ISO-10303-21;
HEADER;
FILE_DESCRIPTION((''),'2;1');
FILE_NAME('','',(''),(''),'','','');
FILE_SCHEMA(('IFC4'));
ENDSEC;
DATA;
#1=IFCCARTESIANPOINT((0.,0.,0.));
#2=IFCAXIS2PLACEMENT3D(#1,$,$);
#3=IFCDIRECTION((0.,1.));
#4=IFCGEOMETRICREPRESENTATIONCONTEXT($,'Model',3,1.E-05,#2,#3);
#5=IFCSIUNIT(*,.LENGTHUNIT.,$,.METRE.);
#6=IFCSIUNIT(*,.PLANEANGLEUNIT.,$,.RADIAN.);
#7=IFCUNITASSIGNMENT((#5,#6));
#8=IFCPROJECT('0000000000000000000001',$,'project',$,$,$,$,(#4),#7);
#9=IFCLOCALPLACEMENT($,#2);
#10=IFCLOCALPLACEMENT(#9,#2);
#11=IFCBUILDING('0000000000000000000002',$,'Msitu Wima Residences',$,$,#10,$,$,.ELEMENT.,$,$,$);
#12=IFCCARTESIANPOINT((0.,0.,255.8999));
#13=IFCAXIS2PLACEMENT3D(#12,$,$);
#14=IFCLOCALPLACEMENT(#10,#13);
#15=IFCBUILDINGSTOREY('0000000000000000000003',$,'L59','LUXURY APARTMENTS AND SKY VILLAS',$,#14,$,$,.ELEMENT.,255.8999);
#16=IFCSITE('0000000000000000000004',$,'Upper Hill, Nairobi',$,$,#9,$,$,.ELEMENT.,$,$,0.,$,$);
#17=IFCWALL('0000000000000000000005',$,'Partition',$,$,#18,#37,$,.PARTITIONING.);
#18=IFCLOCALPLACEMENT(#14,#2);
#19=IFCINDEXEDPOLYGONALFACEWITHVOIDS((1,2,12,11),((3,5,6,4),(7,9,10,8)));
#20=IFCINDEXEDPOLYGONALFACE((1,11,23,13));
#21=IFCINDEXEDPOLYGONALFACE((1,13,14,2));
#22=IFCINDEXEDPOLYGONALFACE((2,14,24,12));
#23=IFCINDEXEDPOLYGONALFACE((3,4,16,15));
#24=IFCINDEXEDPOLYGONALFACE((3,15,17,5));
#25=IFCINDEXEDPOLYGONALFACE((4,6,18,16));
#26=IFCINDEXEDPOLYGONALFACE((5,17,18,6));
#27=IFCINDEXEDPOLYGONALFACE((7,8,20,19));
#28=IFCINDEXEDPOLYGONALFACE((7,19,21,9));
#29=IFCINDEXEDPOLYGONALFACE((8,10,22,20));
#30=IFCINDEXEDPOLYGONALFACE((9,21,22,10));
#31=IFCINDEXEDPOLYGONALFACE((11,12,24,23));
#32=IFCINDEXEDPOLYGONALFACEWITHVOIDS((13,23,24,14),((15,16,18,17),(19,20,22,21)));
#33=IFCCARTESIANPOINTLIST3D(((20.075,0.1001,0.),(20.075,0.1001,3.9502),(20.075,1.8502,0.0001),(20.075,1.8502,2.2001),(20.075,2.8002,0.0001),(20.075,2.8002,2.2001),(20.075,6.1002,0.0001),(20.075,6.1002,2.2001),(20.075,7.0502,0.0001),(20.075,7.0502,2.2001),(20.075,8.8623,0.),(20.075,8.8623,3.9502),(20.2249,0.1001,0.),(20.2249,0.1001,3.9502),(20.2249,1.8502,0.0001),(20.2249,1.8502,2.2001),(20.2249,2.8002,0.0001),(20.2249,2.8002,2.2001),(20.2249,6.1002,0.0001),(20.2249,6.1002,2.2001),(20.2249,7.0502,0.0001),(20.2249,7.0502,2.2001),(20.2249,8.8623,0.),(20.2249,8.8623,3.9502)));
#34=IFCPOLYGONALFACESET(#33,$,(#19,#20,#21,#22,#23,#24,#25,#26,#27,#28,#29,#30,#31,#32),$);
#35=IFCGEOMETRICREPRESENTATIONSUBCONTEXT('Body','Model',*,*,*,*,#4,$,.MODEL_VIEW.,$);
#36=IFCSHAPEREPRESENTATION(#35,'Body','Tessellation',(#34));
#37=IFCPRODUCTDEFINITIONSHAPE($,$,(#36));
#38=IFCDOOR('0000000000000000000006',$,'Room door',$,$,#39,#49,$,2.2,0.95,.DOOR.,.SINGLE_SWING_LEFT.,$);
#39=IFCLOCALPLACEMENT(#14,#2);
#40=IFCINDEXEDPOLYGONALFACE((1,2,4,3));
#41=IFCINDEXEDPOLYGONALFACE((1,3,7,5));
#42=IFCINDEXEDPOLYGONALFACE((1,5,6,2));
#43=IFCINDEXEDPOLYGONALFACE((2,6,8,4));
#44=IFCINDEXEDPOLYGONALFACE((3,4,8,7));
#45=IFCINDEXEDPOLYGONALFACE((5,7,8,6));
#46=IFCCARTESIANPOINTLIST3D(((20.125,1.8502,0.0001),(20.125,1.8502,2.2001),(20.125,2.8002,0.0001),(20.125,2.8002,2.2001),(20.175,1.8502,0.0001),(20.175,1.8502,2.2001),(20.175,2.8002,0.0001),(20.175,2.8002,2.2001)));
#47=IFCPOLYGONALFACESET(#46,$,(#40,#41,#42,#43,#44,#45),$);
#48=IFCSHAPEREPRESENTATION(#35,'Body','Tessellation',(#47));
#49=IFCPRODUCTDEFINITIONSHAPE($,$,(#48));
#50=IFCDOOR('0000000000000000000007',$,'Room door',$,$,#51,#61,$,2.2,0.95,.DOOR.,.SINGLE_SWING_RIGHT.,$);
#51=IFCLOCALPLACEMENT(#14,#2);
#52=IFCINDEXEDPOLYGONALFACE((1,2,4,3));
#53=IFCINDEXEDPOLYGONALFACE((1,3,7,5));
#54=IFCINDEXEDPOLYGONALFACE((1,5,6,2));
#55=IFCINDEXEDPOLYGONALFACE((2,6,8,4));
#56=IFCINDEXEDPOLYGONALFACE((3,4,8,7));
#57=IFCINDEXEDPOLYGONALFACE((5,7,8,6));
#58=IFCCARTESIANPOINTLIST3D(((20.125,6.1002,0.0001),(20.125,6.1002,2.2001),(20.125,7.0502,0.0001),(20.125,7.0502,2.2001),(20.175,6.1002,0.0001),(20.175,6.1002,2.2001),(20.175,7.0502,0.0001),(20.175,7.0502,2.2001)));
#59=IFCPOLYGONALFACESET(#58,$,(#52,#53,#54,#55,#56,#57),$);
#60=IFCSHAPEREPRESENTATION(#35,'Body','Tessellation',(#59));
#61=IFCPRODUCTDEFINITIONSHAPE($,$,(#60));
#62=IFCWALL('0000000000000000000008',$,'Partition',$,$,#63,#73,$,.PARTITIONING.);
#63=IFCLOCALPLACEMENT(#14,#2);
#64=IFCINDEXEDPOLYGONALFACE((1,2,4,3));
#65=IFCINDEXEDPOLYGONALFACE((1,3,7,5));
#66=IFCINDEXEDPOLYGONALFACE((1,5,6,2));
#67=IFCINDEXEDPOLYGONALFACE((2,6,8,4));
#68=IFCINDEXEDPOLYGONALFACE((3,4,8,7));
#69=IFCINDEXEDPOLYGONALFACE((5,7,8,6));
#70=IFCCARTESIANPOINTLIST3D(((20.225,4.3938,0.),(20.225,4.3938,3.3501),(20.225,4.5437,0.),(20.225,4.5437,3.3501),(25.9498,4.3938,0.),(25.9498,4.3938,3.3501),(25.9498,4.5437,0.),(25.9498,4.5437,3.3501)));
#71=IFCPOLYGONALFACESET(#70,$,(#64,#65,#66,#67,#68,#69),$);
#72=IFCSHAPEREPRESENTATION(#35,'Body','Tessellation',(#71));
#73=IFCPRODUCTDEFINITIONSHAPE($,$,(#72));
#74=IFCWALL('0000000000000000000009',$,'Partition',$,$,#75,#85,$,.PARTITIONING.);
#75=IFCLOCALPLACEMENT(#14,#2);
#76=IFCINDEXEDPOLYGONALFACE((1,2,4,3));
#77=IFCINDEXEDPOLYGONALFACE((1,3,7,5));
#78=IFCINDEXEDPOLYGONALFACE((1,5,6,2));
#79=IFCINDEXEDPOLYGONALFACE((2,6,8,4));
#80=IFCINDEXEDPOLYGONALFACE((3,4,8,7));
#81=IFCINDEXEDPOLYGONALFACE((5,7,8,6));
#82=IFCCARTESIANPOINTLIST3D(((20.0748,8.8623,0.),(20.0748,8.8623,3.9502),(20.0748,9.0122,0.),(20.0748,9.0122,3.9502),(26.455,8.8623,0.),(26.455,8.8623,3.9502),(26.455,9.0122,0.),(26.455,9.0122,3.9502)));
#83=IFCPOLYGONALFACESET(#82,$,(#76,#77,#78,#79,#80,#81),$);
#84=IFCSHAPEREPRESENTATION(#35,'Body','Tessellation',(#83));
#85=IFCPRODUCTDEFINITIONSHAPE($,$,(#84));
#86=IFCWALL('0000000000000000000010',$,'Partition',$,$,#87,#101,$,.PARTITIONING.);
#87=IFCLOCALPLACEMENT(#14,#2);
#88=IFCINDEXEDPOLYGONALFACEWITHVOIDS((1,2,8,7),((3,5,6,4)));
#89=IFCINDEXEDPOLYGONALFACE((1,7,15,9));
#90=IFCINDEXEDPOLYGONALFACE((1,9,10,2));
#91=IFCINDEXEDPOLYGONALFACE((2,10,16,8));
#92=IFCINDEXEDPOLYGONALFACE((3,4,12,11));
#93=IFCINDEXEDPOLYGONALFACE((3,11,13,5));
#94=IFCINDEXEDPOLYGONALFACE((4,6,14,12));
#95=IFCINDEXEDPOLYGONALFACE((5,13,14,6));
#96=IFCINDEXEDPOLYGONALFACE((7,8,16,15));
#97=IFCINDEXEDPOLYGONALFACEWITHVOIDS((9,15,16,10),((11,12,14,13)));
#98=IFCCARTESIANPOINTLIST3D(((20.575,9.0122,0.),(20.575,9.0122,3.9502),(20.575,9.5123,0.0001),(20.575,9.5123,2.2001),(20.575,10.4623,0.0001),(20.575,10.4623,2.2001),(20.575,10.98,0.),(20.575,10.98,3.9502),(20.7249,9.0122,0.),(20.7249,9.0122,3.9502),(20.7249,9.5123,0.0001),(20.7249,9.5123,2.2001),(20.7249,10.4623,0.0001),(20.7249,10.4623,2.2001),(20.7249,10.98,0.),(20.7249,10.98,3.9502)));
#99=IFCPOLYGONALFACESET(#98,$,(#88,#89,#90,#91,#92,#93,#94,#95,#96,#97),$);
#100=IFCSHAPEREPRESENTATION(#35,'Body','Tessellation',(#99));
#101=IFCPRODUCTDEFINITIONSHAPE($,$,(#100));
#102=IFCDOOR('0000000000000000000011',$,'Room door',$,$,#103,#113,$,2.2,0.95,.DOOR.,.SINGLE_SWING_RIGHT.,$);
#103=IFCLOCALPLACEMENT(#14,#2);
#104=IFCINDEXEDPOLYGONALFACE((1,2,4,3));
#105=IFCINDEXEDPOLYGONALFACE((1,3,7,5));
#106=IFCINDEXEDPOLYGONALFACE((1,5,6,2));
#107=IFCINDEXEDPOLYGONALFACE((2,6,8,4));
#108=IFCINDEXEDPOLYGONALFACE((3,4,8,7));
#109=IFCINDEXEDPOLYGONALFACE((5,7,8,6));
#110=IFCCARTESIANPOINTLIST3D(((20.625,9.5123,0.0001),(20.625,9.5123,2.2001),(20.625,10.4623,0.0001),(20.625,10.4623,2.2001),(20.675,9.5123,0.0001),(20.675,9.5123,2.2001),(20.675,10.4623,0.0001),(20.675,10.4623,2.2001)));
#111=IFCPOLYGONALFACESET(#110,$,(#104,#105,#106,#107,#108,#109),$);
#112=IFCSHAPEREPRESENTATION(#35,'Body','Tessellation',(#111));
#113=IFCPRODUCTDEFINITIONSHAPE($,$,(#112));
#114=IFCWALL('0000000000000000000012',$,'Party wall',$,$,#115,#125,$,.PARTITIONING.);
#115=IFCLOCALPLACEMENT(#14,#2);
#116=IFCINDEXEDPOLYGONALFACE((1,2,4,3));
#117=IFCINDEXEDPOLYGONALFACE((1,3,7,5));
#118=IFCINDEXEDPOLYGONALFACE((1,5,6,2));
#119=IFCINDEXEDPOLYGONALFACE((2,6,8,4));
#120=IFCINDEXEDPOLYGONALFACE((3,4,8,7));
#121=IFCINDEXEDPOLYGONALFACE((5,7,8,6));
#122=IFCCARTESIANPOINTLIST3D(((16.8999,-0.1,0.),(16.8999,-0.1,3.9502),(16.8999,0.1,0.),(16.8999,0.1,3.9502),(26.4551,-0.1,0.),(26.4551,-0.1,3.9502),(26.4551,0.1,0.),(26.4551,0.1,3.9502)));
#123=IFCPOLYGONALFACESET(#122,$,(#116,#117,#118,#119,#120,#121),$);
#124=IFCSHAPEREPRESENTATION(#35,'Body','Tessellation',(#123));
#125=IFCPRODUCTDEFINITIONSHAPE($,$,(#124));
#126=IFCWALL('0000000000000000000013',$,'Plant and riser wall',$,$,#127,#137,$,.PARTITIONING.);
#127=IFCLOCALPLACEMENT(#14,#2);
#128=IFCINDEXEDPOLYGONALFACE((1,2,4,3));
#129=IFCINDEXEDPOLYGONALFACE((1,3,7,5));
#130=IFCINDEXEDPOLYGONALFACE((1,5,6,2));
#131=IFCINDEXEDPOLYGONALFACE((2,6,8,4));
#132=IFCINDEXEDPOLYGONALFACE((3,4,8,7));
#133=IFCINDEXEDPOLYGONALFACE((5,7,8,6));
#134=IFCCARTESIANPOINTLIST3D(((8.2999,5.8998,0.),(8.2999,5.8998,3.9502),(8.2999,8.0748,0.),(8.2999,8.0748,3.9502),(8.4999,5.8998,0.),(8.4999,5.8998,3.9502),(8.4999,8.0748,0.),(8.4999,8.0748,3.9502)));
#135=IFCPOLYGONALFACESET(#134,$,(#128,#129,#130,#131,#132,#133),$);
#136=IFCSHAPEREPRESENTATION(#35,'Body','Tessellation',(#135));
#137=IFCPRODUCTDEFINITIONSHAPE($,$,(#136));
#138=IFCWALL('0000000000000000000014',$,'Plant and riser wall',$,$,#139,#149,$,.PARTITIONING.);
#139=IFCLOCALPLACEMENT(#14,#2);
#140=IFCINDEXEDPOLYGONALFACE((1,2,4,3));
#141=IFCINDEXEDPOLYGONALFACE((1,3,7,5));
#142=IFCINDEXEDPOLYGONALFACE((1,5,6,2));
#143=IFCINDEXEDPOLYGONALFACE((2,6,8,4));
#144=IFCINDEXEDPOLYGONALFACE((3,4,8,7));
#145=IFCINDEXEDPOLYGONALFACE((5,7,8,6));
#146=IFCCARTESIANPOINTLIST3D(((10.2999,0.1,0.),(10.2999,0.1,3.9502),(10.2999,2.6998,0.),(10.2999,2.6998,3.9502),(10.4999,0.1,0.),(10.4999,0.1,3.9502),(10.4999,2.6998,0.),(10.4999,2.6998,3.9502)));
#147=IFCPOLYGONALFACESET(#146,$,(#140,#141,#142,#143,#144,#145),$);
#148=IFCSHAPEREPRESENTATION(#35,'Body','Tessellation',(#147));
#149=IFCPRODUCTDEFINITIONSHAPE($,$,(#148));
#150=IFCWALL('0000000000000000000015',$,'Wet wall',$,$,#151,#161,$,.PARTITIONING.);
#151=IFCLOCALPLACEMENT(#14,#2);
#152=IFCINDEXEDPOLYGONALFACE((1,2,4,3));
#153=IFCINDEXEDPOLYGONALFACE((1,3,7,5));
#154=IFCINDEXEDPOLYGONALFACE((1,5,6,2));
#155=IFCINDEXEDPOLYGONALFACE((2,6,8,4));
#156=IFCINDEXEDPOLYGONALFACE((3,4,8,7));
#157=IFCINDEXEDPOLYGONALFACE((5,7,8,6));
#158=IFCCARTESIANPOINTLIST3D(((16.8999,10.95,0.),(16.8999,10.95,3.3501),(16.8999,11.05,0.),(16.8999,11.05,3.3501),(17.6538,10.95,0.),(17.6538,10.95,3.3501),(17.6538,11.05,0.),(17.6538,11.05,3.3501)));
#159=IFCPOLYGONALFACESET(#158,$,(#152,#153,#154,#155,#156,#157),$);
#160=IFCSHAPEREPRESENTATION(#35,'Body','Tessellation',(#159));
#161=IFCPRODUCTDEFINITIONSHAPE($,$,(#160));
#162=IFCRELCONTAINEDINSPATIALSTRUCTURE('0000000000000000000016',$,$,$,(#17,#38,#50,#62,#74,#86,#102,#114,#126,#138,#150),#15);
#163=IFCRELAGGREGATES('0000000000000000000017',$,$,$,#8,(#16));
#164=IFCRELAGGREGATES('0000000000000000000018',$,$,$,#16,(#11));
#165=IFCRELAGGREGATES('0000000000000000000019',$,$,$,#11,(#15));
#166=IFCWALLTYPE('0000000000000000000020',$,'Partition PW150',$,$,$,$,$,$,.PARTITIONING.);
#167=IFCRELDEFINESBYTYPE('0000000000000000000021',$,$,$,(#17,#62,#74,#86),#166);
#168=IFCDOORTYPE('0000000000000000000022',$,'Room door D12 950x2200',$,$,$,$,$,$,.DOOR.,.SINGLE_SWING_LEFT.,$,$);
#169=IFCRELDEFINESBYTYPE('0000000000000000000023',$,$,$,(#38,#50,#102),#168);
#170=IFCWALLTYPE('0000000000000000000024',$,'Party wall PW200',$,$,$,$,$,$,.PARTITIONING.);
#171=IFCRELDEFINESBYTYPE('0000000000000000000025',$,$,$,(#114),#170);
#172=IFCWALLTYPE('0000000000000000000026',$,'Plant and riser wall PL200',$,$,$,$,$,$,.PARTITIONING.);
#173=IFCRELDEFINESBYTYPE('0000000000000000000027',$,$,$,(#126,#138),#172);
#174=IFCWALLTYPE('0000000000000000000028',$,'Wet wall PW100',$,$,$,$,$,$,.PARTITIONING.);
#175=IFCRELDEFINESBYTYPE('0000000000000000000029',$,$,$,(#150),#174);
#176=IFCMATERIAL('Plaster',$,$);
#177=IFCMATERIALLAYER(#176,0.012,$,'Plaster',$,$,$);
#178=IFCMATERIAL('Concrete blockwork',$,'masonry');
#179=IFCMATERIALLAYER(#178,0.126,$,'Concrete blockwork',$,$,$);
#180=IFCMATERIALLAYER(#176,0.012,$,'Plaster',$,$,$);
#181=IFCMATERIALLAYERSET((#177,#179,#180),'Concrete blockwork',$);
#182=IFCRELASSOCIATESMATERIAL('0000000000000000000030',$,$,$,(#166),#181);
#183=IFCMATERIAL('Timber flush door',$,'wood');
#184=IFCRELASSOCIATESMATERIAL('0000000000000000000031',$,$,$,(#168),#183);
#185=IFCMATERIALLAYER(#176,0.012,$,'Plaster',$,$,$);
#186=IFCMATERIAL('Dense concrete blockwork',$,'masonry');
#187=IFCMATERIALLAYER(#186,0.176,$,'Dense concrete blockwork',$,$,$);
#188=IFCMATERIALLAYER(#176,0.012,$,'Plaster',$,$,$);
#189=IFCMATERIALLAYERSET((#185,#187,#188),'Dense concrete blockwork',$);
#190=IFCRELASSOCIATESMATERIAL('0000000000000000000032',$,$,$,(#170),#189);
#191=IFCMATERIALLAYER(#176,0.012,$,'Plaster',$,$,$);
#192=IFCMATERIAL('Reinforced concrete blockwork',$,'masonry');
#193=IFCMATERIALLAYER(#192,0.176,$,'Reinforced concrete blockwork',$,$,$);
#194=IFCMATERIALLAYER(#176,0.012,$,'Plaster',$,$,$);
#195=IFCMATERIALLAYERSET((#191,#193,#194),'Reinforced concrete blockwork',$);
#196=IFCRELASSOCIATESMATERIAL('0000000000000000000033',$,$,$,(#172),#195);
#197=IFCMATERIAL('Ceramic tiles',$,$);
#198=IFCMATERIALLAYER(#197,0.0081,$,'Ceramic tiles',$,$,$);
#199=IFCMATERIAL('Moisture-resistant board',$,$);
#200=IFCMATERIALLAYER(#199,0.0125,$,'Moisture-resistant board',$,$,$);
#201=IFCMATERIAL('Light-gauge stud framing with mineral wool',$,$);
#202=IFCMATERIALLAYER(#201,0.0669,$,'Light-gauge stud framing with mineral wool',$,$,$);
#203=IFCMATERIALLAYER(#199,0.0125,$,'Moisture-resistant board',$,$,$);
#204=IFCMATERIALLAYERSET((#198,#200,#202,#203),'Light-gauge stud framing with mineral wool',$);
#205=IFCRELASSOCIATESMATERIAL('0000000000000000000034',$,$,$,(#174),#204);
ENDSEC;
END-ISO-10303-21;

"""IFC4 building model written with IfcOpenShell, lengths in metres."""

from ifc_helpers import new_model, si_unit, direction, frame, frame_2d, origin, place, context, subcontext, project, spatial, rectangle, extrude, material, layer, layer_set, type_object, element, fill, save


model = new_model("IFC4")

# Units and contexts
model_context = context("Model", 3, precision=1e-05, world=origin(), true_north=direction((0.0, 1.0)))
body_context = subcontext(model_context, "Body", "Model", "MODEL_VIEW")
ifc_project = project(units=[si_unit("LENGTHUNIT", "METRE"), si_unit("PLANEANGLEUNIT", "RADIAN")], contexts=[model_context])

# Site, building, storey
site_placement = place(None, origin())
site = spatial("IfcSite", under=ifc_project, at=site_placement, Name="Upper Hill, Nairobi", CompositionType="ELEMENT", RefElevation=0.0)
building_placement = place(site_placement, origin())
building = spatial("IfcBuilding", under=site, at=building_placement, Name="Msitu Wima Residences", CompositionType="ELEMENT")
storey_placement = place(building_placement, frame((0.0, 0.0, 255.8999)))
storey = spatial("IfcBuildingStorey", under=building, at=storey_placement, Name="L59", Description="LUXURY APARTMENTS AND SKY VILLAS", CompositionType="ELEMENT", Elevation=255.8999)

# Shared definitions
ifc_material_1 = material(Name="Plaster")
ifc_material_2 = material(Name="Concrete blockwork", Category="masonry")
ifc_material_3 = material(Name="Timber flush door", Category="wood")

# Wall, openings, doors
ifc_layer_1 = layer(ifc_material_1, 0.012, Name="Plaster")
ifc_layer_2 = layer(ifc_material_2, 0.126, Name="Concrete blockwork")
ifc_layer_3 = layer(ifc_material_1, 0.012, Name="Plaster")
ifc_layer_set_1 = layer_set([ifc_layer_1, ifc_layer_2, ifc_layer_3], Name="Concrete blockwork")
wall_type_1 = type_object("IfcWallType", Name="Partition PW150", PredefinedType="PARTITIONING", material=ifc_layer_set_1)
wall_1_placement = place(storey_placement, frame((20.1499, 0.1001, 0.0), z_axis=(0.0, 0.0, 1.0), x_axis=(0.0, 1.0, 0.0)))
wall_1 = element("IfcWall", 1, at=wall_1_placement, inside=storey, type_object=wall_type_1, Name="Partition", PredefinedType="PARTITIONING", context=body_context, shape_type="SweptSolid", body=[
    extrude(rectangle(XDim=8.7622, YDim=0.1499, at=frame_2d((4.3811, 0.0))), origin(), (0.0, 0.0, 1.0), 3.9502),
])
opening_1_placement = place(wall_1_placement, frame((1.75, 0.0, 0.0)))
opening_1 = element("IfcOpeningElement", 2, at=opening_1_placement, cuts=wall_1, PredefinedType="OPENING", context=body_context, shape_type="SweptSolid", body=[
    extrude(rectangle(XDim=0.95, YDim=2.2, at=frame_2d((0.4751, 1.1001))), frame((0.0, 0.085, 0.0), z_axis=(0.0, -1.0, 0.0), x_axis=(1.0, 0.0, 0.0)), (0.0, 0.0, 1.0), 0.1699),
])
opening_2_placement = place(wall_1_placement, frame((6.0, 0.0, 0.0)))
opening_2 = element("IfcOpeningElement", 3, at=opening_2_placement, cuts=wall_1, PredefinedType="OPENING", context=body_context, shape_type="SweptSolid", body=[
    extrude(rectangle(XDim=0.95, YDim=2.2, at=frame_2d((0.4751, 1.1001))), frame((0.0, 0.085, 0.0), z_axis=(0.0, -1.0, 0.0), x_axis=(1.0, 0.0, 0.0)), (0.0, 0.0, 1.0), 0.1699),
])
door_type_1 = type_object("IfcDoorType", Name="Room door D12 950x2200", OperationType="SINGLE_SWING_LEFT", PredefinedType="DOOR", material=ifc_material_3)
door_1_placement = place(opening_1_placement, origin())
door_1 = element("IfcDoor", 4, at=door_1_placement, inside=storey, type_object=door_type_1, Name="Room door", OperationType="SINGLE_SWING_LEFT", OverallHeight=2.2, OverallWidth=0.95, PredefinedType="DOOR", context=body_context, shape_type="SweptSolid", body=[
    extrude(rectangle(XDim=0.95, YDim=2.2, at=frame_2d((0.4751, 1.1001))), frame((0.0, 0.0249, 0.0), z_axis=(0.0, -1.0, 0.0), x_axis=(1.0, 0.0, 0.0)), (0.0, 0.0, 1.0), 0.05),
])
fill(opening_1, door_1)
door_2_placement = place(opening_2_placement, origin())
door_2 = element("IfcDoor", 5, at=door_2_placement, inside=storey, type_object=door_type_1, Name="Room door", OperationType="SINGLE_SWING_RIGHT", OverallHeight=2.2, OverallWidth=0.95, PredefinedType="DOOR", context=body_context, shape_type="SweptSolid", body=[
    extrude(rectangle(XDim=0.95, YDim=2.2, at=frame_2d((0.4751, 1.1001))), frame((0.0, 0.0249, 0.0), z_axis=(0.0, -1.0, 0.0), x_axis=(1.0, 0.0, 0.0)), (0.0, 0.0, 1.0), 0.05),
])
fill(opening_2, door_2)

# Walls
wall_2_placement = place(storey_placement, frame((20.2251, 4.4688, 0.0), z_axis=(0.0, 0.0, 1.0), x_axis=(1.0, 0.0, 0.0)))
element("IfcWall", 6, at=wall_2_placement, inside=storey, type_object=wall_type_1, Name="Partition", PredefinedType="PARTITIONING", context=body_context, shape_type="SweptSolid", body=[
    extrude(rectangle(XDim=5.7249, YDim=0.1499, at=frame_2d((2.8623, 0.0))), origin(), (0.0, 0.0, 1.0), 3.3501),
])
wall_3_placement = place(storey_placement, frame((20.075, 8.9373, 0.0), z_axis=(0.0, 0.0, 1.0), x_axis=(1.0, 0.0, 0.0)))
element("IfcWall", 7, at=wall_3_placement, inside=storey, type_object=wall_type_1, Name="Partition", PredefinedType="PARTITIONING", context=body_context, shape_type="SweptSolid", body=[
    extrude(rectangle(XDim=6.3801, YDim=0.1499, at=frame_2d((3.1899, 0.0))), origin(), (0.0, 0.0, 1.0), 3.9502),
])

# Wall, opening, door
wall_4_placement = place(storey_placement, frame((20.6499, 9.0122, 0.0), z_axis=(0.0, 0.0, 1.0), x_axis=(0.0, 1.0, 0.0)))
wall_4 = element("IfcWall", 8, at=wall_4_placement, inside=storey, type_object=wall_type_1, Name="Partition", PredefinedType="PARTITIONING", context=body_context, shape_type="SweptSolid", body=[
    extrude(rectangle(XDim=1.9678, YDim=0.1499, at=frame_2d((0.9839, 0.0))), origin(), (0.0, 0.0, 1.0), 3.9502),
])
opening_3_placement = place(wall_4_placement, frame((0.5, 0.0, 0.0)))
opening_3 = element("IfcOpeningElement", 9, at=opening_3_placement, cuts=wall_4, PredefinedType="OPENING", context=body_context, shape_type="SweptSolid", body=[
    extrude(rectangle(XDim=0.95, YDim=2.2, at=frame_2d((0.4751, 1.1001))), frame((0.0, 0.085, 0.0), z_axis=(0.0, -1.0, 0.0), x_axis=(1.0, 0.0, 0.0)), (0.0, 0.0, 1.0), 0.1699),
])
door_3_placement = place(opening_3_placement, origin())
door_3 = element("IfcDoor", 10, at=door_3_placement, inside=storey, type_object=door_type_1, Name="Room door", OperationType="SINGLE_SWING_RIGHT", OverallHeight=2.2, OverallWidth=0.95, PredefinedType="DOOR", context=body_context, shape_type="SweptSolid", body=[
    extrude(rectangle(XDim=0.95, YDim=2.2, at=frame_2d((0.4751, 1.1001))), frame((0.0, 0.0249, 0.0), z_axis=(0.0, -1.0, 0.0), x_axis=(1.0, 0.0, 0.0)), (0.0, 0.0, 1.0), 0.05),
])
fill(opening_3, door_3)

# Walls
ifc_layer_4 = layer(ifc_material_1, 0.012, Name="Plaster")
ifc_material_4 = material(Name="Dense concrete blockwork", Category="masonry")
ifc_layer_5 = layer(ifc_material_4, 0.176, Name="Dense concrete blockwork")
ifc_layer_6 = layer(ifc_material_1, 0.012, Name="Plaster")
ifc_layer_set_2 = layer_set([ifc_layer_4, ifc_layer_5, ifc_layer_6], Name="Dense concrete blockwork")
wall_type_2 = type_object("IfcWallType", Name="Party wall PW200", PredefinedType="PARTITIONING", material=ifc_layer_set_2)
wall_5_placement = place(storey_placement, frame((16.8999, 0.0, 0.0), z_axis=(0.0, 0.0, 1.0), x_axis=(1.0, 0.0, 0.0)))
element("IfcWall", 11, at=wall_5_placement, inside=storey, type_object=wall_type_2, Name="Party wall", PredefinedType="PARTITIONING", context=body_context, shape_type="SweptSolid", body=[
    extrude(rectangle(XDim=9.5552, YDim=0.2, at=frame_2d((4.7776, 0.0))), origin(), (0.0, 0.0, 1.0), 3.9502),
])
ifc_layer_7 = layer(ifc_material_1, 0.012, Name="Plaster")
ifc_material_5 = material(Name="Reinforced concrete blockwork", Category="masonry")
ifc_layer_8 = layer(ifc_material_5, 0.176, Name="Reinforced concrete blockwork")
ifc_layer_9 = layer(ifc_material_1, 0.012, Name="Plaster")
ifc_layer_set_3 = layer_set([ifc_layer_7, ifc_layer_8, ifc_layer_9], Name="Reinforced concrete blockwork")
wall_type_3 = type_object("IfcWallType", Name="Plant and riser wall PL200", PredefinedType="PARTITIONING", material=ifc_layer_set_3)
wall_6_placement = place(storey_placement, frame((8.3999, 5.8999, 0.0), z_axis=(0.0, 0.0, 1.0), x_axis=(0.0, 1.0, 0.0)))
element("IfcWall", 12, at=wall_6_placement, inside=storey, type_object=wall_type_3, Name="Plant and riser wall", PredefinedType="PARTITIONING", context=body_context, shape_type="SweptSolid", body=[
    extrude(rectangle(XDim=2.175, YDim=0.2, at=frame_2d((1.0874, 0.0))), origin(), (0.0, 0.0, 1.0), 3.9502),
])
wall_7_placement = place(storey_placement, frame((10.3999, 0.1001, 0.0), z_axis=(0.0, 0.0, 1.0), x_axis=(0.0, 1.0, 0.0)))
element("IfcWall", 13, at=wall_7_placement, inside=storey, type_object=wall_type_3, Name="Plant and riser wall", PredefinedType="PARTITIONING", context=body_context, shape_type="SweptSolid", body=[
    extrude(rectangle(XDim=2.5999, YDim=0.2, at=frame_2d((1.2998, 0.0))), origin(), (0.0, 0.0, 1.0), 3.9502),
])
ifc_material_6 = material(Name="Ceramic tiles")
ifc_layer_10 = layer(ifc_material_6, 0.0081, Name="Ceramic tiles")
ifc_material_7 = material(Name="Moisture-resistant board")
ifc_layer_11 = layer(ifc_material_7, 0.0125, Name="Moisture-resistant board")
ifc_material_8 = material(Name="Light-gauge stud framing with mineral wool")
ifc_layer_12 = layer(ifc_material_8, 0.0669, Name="Light-gauge stud framing with mineral wool")
ifc_layer_13 = layer(ifc_material_7, 0.0125, Name="Moisture-resistant board")
ifc_layer_set_4 = layer_set([ifc_layer_10, ifc_layer_11, ifc_layer_12, ifc_layer_13], Name="Light-gauge stud framing with mineral wool")
wall_type_4 = type_object("IfcWallType", Name="Wet wall PW100", PredefinedType="PARTITIONING", material=ifc_layer_set_4)
wall_8_placement = place(storey_placement, frame((16.8999, 11.0, 0.0), z_axis=(0.0, 0.0, 1.0), x_axis=(1.0, 0.0, 0.0)))
element("IfcWall", 14, at=wall_8_placement, inside=storey, type_object=wall_type_4, Name="Wet wall", PredefinedType="PARTITIONING", context=body_context, shape_type="SweptSolid", body=[
    extrude(rectangle(XDim=0.7539, YDim=0.1001, at=frame_2d((0.377, 0.0))), origin(), (0.0, 0.0, 1.0), 3.3501),
])

save(model, "model.ifc")
